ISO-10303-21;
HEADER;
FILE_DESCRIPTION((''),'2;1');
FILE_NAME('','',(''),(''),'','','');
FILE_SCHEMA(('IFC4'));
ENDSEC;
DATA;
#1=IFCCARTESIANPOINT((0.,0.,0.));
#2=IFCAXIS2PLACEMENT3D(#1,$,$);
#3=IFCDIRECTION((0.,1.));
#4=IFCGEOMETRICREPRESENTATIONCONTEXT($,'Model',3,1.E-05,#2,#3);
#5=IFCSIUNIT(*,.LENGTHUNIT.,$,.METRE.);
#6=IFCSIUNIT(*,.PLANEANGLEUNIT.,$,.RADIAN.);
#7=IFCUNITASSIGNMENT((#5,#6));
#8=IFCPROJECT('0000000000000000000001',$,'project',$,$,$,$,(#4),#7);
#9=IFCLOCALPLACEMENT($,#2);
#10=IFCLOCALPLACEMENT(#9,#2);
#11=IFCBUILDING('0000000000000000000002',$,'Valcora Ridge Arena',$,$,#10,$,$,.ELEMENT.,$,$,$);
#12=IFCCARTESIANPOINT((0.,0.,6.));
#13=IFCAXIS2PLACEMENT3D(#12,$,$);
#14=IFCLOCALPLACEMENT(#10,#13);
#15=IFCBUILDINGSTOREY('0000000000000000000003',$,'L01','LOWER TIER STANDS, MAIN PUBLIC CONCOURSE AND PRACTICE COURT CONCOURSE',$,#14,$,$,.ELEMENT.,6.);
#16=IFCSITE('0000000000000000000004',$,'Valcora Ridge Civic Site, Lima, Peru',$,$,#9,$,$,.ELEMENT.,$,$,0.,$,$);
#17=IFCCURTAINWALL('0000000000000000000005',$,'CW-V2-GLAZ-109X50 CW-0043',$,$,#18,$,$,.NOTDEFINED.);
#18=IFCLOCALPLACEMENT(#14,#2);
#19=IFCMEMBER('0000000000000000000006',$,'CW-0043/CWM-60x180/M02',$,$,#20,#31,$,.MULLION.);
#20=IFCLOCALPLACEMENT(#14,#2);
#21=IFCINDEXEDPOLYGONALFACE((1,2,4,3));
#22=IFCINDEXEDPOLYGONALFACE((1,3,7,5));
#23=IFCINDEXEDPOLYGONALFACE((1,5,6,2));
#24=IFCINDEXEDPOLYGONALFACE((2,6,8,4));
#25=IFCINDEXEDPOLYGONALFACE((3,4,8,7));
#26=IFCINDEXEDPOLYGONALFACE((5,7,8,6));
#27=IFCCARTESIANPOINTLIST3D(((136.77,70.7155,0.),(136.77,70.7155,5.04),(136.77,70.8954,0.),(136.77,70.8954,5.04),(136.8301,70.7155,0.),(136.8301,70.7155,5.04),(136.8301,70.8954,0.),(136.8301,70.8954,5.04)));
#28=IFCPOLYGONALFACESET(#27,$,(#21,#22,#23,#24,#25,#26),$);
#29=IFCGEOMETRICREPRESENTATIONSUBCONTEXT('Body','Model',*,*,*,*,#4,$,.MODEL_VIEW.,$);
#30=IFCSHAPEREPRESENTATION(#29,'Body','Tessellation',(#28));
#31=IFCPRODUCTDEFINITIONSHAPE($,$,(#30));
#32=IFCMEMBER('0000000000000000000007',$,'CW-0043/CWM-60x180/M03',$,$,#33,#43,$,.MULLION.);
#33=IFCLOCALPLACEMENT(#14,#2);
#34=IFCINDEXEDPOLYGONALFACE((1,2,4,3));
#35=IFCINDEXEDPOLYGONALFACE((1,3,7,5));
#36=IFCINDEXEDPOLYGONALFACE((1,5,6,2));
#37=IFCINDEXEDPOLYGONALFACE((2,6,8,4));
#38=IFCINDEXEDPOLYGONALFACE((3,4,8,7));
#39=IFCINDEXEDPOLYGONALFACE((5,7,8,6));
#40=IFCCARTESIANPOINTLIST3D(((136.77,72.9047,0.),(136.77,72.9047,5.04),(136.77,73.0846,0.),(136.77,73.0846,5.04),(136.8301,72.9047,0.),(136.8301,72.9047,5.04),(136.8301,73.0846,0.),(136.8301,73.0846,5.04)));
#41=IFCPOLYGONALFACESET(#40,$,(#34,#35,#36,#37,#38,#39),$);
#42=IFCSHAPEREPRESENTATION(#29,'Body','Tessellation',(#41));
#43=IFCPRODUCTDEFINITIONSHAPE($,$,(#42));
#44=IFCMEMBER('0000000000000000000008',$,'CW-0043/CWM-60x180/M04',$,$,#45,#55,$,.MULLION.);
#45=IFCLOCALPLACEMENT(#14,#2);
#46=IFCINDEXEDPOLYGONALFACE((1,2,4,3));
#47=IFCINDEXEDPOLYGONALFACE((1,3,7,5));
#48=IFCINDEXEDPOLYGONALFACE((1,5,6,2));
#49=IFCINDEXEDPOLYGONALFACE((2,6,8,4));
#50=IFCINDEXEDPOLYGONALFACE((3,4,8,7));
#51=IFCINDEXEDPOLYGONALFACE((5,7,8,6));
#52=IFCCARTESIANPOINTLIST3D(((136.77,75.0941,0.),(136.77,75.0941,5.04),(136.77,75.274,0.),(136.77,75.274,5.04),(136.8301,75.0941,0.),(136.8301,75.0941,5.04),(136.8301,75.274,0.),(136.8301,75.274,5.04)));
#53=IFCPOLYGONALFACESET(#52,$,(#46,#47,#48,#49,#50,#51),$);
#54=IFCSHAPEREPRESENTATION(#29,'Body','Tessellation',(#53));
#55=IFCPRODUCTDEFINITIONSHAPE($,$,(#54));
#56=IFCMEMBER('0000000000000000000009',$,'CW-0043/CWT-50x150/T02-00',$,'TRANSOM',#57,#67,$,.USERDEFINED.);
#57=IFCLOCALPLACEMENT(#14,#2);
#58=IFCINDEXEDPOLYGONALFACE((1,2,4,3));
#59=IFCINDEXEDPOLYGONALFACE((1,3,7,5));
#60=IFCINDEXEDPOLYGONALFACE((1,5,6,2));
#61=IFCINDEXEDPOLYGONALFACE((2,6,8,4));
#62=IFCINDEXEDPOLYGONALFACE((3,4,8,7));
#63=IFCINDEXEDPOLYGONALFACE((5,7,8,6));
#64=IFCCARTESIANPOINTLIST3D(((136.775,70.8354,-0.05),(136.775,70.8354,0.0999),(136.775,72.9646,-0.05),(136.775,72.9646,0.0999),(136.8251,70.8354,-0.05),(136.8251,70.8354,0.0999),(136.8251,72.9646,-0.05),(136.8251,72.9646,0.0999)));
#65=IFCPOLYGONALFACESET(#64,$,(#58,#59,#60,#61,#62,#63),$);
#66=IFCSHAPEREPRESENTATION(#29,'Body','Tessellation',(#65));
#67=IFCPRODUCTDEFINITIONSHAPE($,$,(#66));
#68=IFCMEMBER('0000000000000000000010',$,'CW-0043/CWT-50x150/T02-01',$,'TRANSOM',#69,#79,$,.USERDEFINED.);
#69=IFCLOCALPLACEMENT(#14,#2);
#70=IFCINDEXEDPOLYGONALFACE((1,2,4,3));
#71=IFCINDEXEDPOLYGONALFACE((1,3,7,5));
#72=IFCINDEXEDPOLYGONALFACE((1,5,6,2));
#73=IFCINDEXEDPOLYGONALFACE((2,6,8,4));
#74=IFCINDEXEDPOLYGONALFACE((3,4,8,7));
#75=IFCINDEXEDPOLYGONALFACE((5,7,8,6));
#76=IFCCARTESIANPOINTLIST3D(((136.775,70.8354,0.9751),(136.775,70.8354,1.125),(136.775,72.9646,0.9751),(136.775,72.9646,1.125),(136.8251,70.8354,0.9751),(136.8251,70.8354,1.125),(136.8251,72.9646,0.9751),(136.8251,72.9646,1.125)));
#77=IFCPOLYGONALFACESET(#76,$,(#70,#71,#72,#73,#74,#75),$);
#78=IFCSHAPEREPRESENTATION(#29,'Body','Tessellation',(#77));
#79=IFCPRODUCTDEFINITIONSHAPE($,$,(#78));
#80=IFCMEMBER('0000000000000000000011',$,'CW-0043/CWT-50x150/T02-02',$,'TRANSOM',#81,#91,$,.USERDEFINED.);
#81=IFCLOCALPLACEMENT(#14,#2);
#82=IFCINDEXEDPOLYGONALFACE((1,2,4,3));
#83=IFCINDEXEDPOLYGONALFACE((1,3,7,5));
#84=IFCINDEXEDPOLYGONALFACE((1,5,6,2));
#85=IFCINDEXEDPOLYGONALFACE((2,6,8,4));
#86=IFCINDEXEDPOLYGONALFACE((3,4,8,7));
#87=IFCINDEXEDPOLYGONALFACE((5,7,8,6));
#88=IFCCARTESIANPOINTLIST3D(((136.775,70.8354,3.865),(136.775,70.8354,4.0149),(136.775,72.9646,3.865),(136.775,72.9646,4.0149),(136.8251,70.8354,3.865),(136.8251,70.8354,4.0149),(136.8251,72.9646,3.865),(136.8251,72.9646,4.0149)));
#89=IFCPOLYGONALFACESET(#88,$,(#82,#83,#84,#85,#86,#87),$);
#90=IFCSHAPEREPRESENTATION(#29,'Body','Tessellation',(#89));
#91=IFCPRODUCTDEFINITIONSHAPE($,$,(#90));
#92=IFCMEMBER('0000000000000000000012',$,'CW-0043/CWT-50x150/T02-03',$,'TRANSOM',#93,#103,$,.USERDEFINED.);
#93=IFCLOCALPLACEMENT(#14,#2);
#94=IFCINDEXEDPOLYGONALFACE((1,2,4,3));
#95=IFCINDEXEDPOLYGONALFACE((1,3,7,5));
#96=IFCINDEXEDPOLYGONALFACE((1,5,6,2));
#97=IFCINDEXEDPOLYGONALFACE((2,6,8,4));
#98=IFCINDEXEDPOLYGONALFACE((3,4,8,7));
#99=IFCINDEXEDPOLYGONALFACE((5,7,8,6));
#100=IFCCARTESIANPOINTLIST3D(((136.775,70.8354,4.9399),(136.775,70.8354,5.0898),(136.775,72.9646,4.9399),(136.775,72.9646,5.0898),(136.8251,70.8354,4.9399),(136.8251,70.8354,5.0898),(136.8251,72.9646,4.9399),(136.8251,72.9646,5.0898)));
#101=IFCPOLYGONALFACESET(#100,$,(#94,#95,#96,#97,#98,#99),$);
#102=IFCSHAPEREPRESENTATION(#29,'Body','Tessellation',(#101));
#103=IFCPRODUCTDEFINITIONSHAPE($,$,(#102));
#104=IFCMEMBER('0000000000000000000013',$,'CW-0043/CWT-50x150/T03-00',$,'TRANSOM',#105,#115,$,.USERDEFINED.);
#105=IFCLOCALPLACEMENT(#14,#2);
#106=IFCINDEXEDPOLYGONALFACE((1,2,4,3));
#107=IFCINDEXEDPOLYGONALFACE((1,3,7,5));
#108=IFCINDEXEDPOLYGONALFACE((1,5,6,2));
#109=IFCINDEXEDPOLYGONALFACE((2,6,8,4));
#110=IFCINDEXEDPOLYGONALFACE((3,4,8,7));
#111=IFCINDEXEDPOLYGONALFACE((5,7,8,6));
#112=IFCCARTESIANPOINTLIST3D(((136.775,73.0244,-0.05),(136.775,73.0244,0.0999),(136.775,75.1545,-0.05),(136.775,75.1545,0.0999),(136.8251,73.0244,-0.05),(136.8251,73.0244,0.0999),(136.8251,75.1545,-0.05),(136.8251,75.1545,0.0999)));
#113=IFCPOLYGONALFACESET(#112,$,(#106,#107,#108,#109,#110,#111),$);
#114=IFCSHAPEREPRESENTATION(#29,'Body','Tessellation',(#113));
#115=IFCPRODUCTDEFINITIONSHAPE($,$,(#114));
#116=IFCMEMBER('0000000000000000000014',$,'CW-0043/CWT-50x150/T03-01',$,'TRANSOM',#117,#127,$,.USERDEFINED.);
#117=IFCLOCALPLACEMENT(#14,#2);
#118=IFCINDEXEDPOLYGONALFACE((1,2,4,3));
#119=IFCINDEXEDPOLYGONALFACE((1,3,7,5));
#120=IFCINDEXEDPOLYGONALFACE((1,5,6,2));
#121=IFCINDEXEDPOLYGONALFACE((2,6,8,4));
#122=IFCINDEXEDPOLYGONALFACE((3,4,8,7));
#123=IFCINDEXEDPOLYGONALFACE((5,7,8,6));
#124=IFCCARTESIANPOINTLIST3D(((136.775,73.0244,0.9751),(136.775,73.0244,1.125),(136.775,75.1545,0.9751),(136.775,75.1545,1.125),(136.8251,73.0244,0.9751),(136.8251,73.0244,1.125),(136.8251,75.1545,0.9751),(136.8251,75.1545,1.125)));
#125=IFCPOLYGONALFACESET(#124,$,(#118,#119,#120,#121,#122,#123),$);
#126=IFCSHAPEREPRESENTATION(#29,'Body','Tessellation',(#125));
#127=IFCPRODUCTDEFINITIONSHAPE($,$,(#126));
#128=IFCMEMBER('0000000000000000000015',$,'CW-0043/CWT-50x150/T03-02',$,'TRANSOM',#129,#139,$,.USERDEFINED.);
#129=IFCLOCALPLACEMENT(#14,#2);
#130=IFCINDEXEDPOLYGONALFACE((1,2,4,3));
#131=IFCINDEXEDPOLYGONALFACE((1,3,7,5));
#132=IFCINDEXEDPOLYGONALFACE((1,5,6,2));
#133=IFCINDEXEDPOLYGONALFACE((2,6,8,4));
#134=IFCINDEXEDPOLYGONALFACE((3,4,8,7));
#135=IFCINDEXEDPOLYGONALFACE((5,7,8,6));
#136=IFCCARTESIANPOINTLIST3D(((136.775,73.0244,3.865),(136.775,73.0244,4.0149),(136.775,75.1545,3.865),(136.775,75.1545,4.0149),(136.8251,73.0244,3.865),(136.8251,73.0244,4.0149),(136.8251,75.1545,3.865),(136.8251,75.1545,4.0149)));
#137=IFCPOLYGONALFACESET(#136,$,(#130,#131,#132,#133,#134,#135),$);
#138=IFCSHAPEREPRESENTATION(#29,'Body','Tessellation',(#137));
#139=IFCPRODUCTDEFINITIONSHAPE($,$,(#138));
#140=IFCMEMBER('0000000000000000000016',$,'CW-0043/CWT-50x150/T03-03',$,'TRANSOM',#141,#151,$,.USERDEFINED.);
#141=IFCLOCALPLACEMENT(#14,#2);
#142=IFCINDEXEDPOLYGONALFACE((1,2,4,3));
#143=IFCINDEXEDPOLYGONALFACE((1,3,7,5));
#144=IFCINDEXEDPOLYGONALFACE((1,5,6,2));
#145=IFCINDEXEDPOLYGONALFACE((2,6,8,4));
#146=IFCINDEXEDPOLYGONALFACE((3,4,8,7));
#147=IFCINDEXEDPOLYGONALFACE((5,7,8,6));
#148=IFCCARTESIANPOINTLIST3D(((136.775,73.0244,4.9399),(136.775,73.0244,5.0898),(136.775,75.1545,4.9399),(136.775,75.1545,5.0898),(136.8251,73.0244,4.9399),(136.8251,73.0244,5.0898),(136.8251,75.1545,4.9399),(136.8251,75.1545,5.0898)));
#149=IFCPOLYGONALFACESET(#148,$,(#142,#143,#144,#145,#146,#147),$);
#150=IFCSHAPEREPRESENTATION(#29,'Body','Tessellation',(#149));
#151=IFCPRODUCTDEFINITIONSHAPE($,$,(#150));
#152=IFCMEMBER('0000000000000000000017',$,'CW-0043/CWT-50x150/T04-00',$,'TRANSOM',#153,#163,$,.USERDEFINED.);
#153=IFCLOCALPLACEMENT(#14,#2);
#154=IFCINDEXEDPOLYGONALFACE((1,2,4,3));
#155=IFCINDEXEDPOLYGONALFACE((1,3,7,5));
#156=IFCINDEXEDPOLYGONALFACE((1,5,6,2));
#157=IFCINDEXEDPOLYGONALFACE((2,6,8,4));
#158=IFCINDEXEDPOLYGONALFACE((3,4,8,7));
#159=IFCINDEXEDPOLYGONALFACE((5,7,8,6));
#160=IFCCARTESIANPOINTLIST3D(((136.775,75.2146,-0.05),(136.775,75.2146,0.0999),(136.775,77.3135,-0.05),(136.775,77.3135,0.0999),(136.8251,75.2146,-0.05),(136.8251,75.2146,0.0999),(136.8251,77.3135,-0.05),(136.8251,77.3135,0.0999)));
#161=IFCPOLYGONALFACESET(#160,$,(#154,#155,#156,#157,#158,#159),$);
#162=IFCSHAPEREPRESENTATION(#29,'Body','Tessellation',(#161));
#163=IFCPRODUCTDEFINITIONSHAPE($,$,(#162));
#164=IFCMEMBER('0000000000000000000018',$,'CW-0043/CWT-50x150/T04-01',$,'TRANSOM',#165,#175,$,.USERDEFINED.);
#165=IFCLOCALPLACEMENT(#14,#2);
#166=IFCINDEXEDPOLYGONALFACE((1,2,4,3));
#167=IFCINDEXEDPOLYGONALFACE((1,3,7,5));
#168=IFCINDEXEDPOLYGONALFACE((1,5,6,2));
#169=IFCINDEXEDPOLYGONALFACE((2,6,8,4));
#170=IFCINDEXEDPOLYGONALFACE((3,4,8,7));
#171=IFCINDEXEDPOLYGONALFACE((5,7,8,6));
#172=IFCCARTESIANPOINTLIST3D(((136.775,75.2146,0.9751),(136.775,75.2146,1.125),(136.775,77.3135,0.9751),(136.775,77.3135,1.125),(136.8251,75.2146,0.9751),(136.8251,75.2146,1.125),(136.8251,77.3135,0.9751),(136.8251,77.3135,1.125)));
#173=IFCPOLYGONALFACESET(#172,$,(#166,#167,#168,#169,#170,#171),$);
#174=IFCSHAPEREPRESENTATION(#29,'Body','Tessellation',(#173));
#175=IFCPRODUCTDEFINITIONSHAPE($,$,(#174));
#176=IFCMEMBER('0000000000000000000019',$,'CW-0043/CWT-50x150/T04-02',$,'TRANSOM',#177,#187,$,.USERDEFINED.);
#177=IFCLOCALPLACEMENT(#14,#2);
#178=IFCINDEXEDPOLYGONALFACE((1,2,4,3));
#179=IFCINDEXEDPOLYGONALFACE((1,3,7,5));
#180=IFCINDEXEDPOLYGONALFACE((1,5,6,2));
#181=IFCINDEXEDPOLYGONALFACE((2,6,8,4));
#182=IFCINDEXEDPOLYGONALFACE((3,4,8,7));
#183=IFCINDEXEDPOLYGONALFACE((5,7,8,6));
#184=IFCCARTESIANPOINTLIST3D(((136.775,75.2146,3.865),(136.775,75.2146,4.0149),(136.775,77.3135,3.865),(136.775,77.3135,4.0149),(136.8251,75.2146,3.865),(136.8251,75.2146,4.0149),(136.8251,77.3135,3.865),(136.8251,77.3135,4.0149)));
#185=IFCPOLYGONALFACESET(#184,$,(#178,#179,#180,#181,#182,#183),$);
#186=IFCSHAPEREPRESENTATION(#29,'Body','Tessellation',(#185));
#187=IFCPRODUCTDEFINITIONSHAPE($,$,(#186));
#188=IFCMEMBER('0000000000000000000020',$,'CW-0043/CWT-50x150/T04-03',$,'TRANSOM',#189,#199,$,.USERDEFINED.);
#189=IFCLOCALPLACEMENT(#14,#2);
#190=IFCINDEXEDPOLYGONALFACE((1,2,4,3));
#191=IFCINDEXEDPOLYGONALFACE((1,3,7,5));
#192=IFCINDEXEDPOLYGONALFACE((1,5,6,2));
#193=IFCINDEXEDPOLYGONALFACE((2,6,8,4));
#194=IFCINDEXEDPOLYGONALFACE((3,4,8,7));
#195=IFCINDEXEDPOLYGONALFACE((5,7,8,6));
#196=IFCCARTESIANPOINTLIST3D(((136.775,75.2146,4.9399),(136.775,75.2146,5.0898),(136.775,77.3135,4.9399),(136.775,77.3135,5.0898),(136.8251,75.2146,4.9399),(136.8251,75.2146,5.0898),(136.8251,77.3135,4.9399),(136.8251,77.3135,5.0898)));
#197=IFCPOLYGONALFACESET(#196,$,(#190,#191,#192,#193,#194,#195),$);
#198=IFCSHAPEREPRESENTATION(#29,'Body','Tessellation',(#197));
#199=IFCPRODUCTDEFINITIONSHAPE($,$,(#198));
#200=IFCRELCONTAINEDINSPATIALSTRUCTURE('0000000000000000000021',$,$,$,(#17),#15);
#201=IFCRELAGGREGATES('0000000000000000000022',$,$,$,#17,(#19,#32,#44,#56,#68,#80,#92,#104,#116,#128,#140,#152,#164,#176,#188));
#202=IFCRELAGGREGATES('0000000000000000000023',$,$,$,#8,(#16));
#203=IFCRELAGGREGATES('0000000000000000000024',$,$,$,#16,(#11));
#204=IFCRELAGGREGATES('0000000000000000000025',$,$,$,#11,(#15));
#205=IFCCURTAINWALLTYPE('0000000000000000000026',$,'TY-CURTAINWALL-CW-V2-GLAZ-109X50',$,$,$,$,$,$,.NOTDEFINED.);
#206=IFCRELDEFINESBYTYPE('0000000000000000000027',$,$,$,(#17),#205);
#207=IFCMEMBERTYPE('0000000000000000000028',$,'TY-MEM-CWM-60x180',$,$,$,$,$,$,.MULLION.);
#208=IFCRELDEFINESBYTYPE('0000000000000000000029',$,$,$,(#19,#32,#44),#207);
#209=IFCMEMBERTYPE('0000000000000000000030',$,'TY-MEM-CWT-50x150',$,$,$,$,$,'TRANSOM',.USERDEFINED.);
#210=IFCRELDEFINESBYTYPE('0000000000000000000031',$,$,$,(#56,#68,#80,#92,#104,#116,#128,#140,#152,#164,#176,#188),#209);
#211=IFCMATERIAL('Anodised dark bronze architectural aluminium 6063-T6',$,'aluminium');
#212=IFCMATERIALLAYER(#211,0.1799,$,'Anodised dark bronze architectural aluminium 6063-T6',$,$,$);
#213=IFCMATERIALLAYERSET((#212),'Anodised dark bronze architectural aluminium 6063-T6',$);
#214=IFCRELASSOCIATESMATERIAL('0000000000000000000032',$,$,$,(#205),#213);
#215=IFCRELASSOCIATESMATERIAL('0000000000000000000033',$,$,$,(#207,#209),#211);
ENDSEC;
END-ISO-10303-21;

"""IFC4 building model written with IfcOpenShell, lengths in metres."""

from ifc_helpers import new_model, si_unit, direction, frame, origin, origin_2d, place, context, subcontext, project, spatial, rectangle, extrude, material, layer, layer_set, material_profile, profile_set, type_object, element, aggregate, save


model = new_model("IFC4")

# Units and contexts
model_context = context("Model", 3, precision=1e-05, world=origin(), true_north=direction((0.0, 1.0)))
body_context = subcontext(model_context, "Body", "Model", "MODEL_VIEW")
ifc_project = project(units=[si_unit("LENGTHUNIT", "METRE"), si_unit("PLANEANGLEUNIT", "RADIAN")], contexts=[model_context])

# Site, building, storey
site_placement = place(None, origin())
site = spatial("IfcSite", under=ifc_project, at=site_placement, Name="Valcora Ridge Civic Site, Lima, Peru", CompositionType="ELEMENT", RefElevation=0.0)
building_placement = place(site_placement, origin())
building = spatial("IfcBuilding", under=site, at=building_placement, Name="Valcora Ridge Arena", CompositionType="ELEMENT")
storey_placement = place(building_placement, frame((0.0, 0.0, 6.0)))
storey = spatial("IfcBuildingStorey", under=building, at=storey_placement, Name="L01", Description="LOWER TIER STANDS, MAIN PUBLIC CONCOURSE AND PRACTICE COURT CONCOURSE", CompositionType="ELEMENT", Elevation=6.0)

# Curtain wall, members
ifc_material_1 = material(Name="Anodised dark bronze architectural aluminium 6063-T6", Category="aluminium")
ifc_layer_1 = layer(ifc_material_1, 0.1799, Name="Anodised dark bronze architectural aluminium 6063-T6")
ifc_layer_set_1 = layer_set([ifc_layer_1], Name="Anodised dark bronze architectural aluminium 6063-T6")
curtain_wall_type = type_object("IfcCurtainWallType", Name="TY-CURTAINWALL-CW-V2-GLAZ-109X50", PredefinedType="NOTDEFINED", material=ifc_layer_set_1)
curtain_wall_placement = place(storey_placement, origin())
curtain_wall = element("IfcCurtainWall", 1, at=curtain_wall_placement, inside=storey, type_object=curtain_wall_type, Name="CW-V2-GLAZ-109X50 CW-0043", PredefinedType="NOTDEFINED")
ifc_material_profile_1 = material_profile(ifc_material_1, rectangle(XDim=0.0601, YDim=0.1799, at=origin_2d()), Name="ALU MULLION 60x180")
ifc_profile_set_1 = profile_set([ifc_material_profile_1], Name="Anodised dark bronze architectural aluminium 6063-T6")
member_type_1 = type_object("IfcMemberType", Name="TY-MEM-CWM-60x180", PredefinedType="MULLION", material=ifc_profile_set_1)
member_1_placement = place(storey_placement, frame((136.8, 70.8054, 0.0), z_axis=(0.0, 0.0, 1.0), x_axis=(-1.0, 0.0, 0.0)))
member_1 = element("IfcMember", 2, at=member_1_placement, type_object=member_type_1, Name="CW-0043/CWM-60x180/M02", PredefinedType="MULLION", context=body_context, shape_type="SweptSolid", body=[
    extrude(rectangle(XDim=0.0601, YDim=0.1799, at=origin_2d()), origin(), (0.0, 0.0, 1.0), 5.04),
])
member_2_placement = place(storey_placement, frame((136.8, 72.9946, 0.0), z_axis=(0.0, 0.0, 1.0), x_axis=(-1.0, 0.0, 0.0)))
member_2 = element("IfcMember", 3, at=member_2_placement, type_object=member_type_1, Name="CW-0043/CWM-60x180/M03", PredefinedType="MULLION", context=body_context, shape_type="SweptSolid", body=[
    extrude(rectangle(XDim=0.0601, YDim=0.1799, at=origin_2d()), origin(), (0.0, 0.0, 1.0), 5.04),
])
member_3_placement = place(storey_placement, frame((136.8, 75.1841, 0.0), z_axis=(0.0, 0.0, 1.0), x_axis=(-1.0, 0.0, 0.0)))
member_3 = element("IfcMember", 4, at=member_3_placement, type_object=member_type_1, Name="CW-0043/CWM-60x180/M04", PredefinedType="MULLION", context=body_context, shape_type="SweptSolid", body=[
    extrude(rectangle(XDim=0.0601, YDim=0.1799, at=origin_2d()), origin(), (0.0, 0.0, 1.0), 5.04),
])
ifc_material_profile_2 = material_profile(ifc_material_1, rectangle(XDim=0.05, YDim=0.1499, at=origin_2d()), Name="ALU TRANSOM 50x150")
ifc_profile_set_2 = profile_set([ifc_material_profile_2], Name="Anodised dark bronze architectural aluminium 6063-T6")
member_type_2 = type_object("IfcMemberType", Name="TY-MEM-CWT-50x150", ElementType="TRANSOM", PredefinedType="USERDEFINED", material=ifc_profile_set_2)
member_4_placement = place(storey_placement, frame((136.8, 70.8354, 0.0249), z_axis=(0.0, 1.0, 0.0), x_axis=(-1.0, 0.0, 0.0)))
member_4 = element("IfcMember", 5, at=member_4_placement, type_object=member_type_2, Name="CW-0043/CWT-50x150/T02-00", ObjectType="TRANSOM", PredefinedType="USERDEFINED", context=body_context, shape_type="SweptSolid", body=[
    extrude(rectangle(XDim=0.05, YDim=0.1499, at=origin_2d()), origin(), (0.0, 0.0, 1.0), 2.1292),
])
member_5_placement = place(storey_placement, frame((136.8, 70.8354, 1.05), z_axis=(0.0, 1.0, 0.0), x_axis=(-1.0, 0.0, 0.0)))
member_5 = element("IfcMember", 6, at=member_5_placement, type_object=member_type_2, Name="CW-0043/CWT-50x150/T02-01", ObjectType="TRANSOM", PredefinedType="USERDEFINED", context=body_context, shape_type="SweptSolid", body=[
    extrude(rectangle(XDim=0.05, YDim=0.1499, at=origin_2d()), origin(), (0.0, 0.0, 1.0), 2.1292),
])
member_6_placement = place(storey_placement, frame((136.8, 70.8354, 3.9399), z_axis=(0.0, 1.0, 0.0), x_axis=(-1.0, 0.0, 0.0)))
member_6 = element("IfcMember", 7, at=member_6_placement, type_object=member_type_2, Name="CW-0043/CWT-50x150/T02-02", ObjectType="TRANSOM", PredefinedType="USERDEFINED", context=body_context, shape_type="SweptSolid", body=[
    extrude(rectangle(XDim=0.05, YDim=0.1499, at=origin_2d()), origin(), (0.0, 0.0, 1.0), 2.1292),
])
member_7_placement = place(storey_placement, frame((136.8, 70.8354, 5.0149), z_axis=(0.0, 1.0, 0.0), x_axis=(-1.0, 0.0, 0.0)))
member_7 = element("IfcMember", 8, at=member_7_placement, type_object=member_type_2, Name="CW-0043/CWT-50x150/T02-03", ObjectType="TRANSOM", PredefinedType="USERDEFINED", context=body_context, shape_type="SweptSolid", body=[
    extrude(rectangle(XDim=0.05, YDim=0.1499, at=origin_2d()), origin(), (0.0, 0.0, 1.0), 2.1292),
])
member_8_placement = place(storey_placement, frame((136.8, 73.0244, 0.0249), z_axis=(0.0, 1.0, 0.0), x_axis=(-1.0, 0.0, 0.0)))
member_8 = element("IfcMember", 9, at=member_8_placement, type_object=member_type_2, Name="CW-0043/CWT-50x150/T03-00", ObjectType="TRANSOM", PredefinedType="USERDEFINED", context=body_context, shape_type="SweptSolid", body=[
    extrude(rectangle(XDim=0.05, YDim=0.1499, at=origin_2d()), origin(), (0.0, 0.0, 1.0), 2.1301),
])
member_9_placement = place(storey_placement, frame((136.8, 73.0244, 1.05), z_axis=(0.0, 1.0, 0.0), x_axis=(-1.0, 0.0, 0.0)))
member_9 = element("IfcMember", 10, at=member_9_placement, type_object=member_type_2, Name="CW-0043/CWT-50x150/T03-01", ObjectType="TRANSOM", PredefinedType="USERDEFINED", context=body_context, shape_type="SweptSolid", body=[
    extrude(rectangle(XDim=0.05, YDim=0.1499, at=origin_2d()), origin(), (0.0, 0.0, 1.0), 2.1301),
])
member_10_placement = place(storey_placement, frame((136.8, 73.0244, 3.9399), z_axis=(0.0, 1.0, 0.0), x_axis=(-1.0, 0.0, 0.0)))
member_10 = element("IfcMember", 11, at=member_10_placement, type_object=member_type_2, Name="CW-0043/CWT-50x150/T03-02", ObjectType="TRANSOM", PredefinedType="USERDEFINED", context=body_context, shape_type="SweptSolid", body=[
    extrude(rectangle(XDim=0.05, YDim=0.1499, at=origin_2d()), origin(), (0.0, 0.0, 1.0), 2.1301),
])
member_11_placement = place(storey_placement, frame((136.8, 73.0244, 5.0149), z_axis=(0.0, 1.0, 0.0), x_axis=(-1.0, 0.0, 0.0)))
member_11 = element("IfcMember", 12, at=member_11_placement, type_object=member_type_2, Name="CW-0043/CWT-50x150/T03-03", ObjectType="TRANSOM", PredefinedType="USERDEFINED", context=body_context, shape_type="SweptSolid", body=[
    extrude(rectangle(XDim=0.05, YDim=0.1499, at=origin_2d()), origin(), (0.0, 0.0, 1.0), 2.1301),
])
member_12_placement = place(storey_placement, frame((136.8, 75.2146, 0.0249), z_axis=(0.0, 1.0, 0.0), x_axis=(-1.0, 0.0, 0.0)))
member_12 = element("IfcMember", 13, at=member_12_placement, type_object=member_type_2, Name="CW-0043/CWT-50x150/T04-00", ObjectType="TRANSOM", PredefinedType="USERDEFINED", context=body_context, shape_type="SweptSolid", body=[
    extrude(rectangle(XDim=0.05, YDim=0.1499, at=origin_2d()), origin(), (0.0, 0.0, 1.0), 2.0989),
])
member_13_placement = place(storey_placement, frame((136.8, 75.2146, 1.05), z_axis=(0.0, 1.0, 0.0), x_axis=(-1.0, 0.0, 0.0)))
member_13 = element("IfcMember", 14, at=member_13_placement, type_object=member_type_2, Name="CW-0043/CWT-50x150/T04-01", ObjectType="TRANSOM", PredefinedType="USERDEFINED", context=body_context, shape_type="SweptSolid", body=[
    extrude(rectangle(XDim=0.05, YDim=0.1499, at=origin_2d()), origin(), (0.0, 0.0, 1.0), 2.0989),
])
member_14_placement = place(storey_placement, frame((136.8, 75.2146, 3.9399), z_axis=(0.0, 1.0, 0.0), x_axis=(-1.0, 0.0, 0.0)))
member_14 = element("IfcMember", 15, at=member_14_placement, type_object=member_type_2, Name="CW-0043/CWT-50x150/T04-02", ObjectType="TRANSOM", PredefinedType="USERDEFINED", context=body_context, shape_type="SweptSolid", body=[
    extrude(rectangle(XDim=0.05, YDim=0.1499, at=origin_2d()), origin(), (0.0, 0.0, 1.0), 2.0989),
])
member_15_placement = place(storey_placement, frame((136.8, 75.2146, 5.0149), z_axis=(0.0, 1.0, 0.0), x_axis=(-1.0, 0.0, 0.0)))
member_15 = element("IfcMember", 16, at=member_15_placement, type_object=member_type_2, Name="CW-0043/CWT-50x150/T04-03", ObjectType="TRANSOM", PredefinedType="USERDEFINED", context=body_context, shape_type="SweptSolid", body=[
    extrude(rectangle(XDim=0.05, YDim=0.1499, at=origin_2d()), origin(), (0.0, 0.0, 1.0), 2.0989),
])
aggregate(curtain_wall, [member_1, member_2, member_3, member_4, member_5, member_6, member_7, member_8, member_9, member_10, member_11, member_12, member_13, member_14, member_15])

save(model, "model.ifc")
